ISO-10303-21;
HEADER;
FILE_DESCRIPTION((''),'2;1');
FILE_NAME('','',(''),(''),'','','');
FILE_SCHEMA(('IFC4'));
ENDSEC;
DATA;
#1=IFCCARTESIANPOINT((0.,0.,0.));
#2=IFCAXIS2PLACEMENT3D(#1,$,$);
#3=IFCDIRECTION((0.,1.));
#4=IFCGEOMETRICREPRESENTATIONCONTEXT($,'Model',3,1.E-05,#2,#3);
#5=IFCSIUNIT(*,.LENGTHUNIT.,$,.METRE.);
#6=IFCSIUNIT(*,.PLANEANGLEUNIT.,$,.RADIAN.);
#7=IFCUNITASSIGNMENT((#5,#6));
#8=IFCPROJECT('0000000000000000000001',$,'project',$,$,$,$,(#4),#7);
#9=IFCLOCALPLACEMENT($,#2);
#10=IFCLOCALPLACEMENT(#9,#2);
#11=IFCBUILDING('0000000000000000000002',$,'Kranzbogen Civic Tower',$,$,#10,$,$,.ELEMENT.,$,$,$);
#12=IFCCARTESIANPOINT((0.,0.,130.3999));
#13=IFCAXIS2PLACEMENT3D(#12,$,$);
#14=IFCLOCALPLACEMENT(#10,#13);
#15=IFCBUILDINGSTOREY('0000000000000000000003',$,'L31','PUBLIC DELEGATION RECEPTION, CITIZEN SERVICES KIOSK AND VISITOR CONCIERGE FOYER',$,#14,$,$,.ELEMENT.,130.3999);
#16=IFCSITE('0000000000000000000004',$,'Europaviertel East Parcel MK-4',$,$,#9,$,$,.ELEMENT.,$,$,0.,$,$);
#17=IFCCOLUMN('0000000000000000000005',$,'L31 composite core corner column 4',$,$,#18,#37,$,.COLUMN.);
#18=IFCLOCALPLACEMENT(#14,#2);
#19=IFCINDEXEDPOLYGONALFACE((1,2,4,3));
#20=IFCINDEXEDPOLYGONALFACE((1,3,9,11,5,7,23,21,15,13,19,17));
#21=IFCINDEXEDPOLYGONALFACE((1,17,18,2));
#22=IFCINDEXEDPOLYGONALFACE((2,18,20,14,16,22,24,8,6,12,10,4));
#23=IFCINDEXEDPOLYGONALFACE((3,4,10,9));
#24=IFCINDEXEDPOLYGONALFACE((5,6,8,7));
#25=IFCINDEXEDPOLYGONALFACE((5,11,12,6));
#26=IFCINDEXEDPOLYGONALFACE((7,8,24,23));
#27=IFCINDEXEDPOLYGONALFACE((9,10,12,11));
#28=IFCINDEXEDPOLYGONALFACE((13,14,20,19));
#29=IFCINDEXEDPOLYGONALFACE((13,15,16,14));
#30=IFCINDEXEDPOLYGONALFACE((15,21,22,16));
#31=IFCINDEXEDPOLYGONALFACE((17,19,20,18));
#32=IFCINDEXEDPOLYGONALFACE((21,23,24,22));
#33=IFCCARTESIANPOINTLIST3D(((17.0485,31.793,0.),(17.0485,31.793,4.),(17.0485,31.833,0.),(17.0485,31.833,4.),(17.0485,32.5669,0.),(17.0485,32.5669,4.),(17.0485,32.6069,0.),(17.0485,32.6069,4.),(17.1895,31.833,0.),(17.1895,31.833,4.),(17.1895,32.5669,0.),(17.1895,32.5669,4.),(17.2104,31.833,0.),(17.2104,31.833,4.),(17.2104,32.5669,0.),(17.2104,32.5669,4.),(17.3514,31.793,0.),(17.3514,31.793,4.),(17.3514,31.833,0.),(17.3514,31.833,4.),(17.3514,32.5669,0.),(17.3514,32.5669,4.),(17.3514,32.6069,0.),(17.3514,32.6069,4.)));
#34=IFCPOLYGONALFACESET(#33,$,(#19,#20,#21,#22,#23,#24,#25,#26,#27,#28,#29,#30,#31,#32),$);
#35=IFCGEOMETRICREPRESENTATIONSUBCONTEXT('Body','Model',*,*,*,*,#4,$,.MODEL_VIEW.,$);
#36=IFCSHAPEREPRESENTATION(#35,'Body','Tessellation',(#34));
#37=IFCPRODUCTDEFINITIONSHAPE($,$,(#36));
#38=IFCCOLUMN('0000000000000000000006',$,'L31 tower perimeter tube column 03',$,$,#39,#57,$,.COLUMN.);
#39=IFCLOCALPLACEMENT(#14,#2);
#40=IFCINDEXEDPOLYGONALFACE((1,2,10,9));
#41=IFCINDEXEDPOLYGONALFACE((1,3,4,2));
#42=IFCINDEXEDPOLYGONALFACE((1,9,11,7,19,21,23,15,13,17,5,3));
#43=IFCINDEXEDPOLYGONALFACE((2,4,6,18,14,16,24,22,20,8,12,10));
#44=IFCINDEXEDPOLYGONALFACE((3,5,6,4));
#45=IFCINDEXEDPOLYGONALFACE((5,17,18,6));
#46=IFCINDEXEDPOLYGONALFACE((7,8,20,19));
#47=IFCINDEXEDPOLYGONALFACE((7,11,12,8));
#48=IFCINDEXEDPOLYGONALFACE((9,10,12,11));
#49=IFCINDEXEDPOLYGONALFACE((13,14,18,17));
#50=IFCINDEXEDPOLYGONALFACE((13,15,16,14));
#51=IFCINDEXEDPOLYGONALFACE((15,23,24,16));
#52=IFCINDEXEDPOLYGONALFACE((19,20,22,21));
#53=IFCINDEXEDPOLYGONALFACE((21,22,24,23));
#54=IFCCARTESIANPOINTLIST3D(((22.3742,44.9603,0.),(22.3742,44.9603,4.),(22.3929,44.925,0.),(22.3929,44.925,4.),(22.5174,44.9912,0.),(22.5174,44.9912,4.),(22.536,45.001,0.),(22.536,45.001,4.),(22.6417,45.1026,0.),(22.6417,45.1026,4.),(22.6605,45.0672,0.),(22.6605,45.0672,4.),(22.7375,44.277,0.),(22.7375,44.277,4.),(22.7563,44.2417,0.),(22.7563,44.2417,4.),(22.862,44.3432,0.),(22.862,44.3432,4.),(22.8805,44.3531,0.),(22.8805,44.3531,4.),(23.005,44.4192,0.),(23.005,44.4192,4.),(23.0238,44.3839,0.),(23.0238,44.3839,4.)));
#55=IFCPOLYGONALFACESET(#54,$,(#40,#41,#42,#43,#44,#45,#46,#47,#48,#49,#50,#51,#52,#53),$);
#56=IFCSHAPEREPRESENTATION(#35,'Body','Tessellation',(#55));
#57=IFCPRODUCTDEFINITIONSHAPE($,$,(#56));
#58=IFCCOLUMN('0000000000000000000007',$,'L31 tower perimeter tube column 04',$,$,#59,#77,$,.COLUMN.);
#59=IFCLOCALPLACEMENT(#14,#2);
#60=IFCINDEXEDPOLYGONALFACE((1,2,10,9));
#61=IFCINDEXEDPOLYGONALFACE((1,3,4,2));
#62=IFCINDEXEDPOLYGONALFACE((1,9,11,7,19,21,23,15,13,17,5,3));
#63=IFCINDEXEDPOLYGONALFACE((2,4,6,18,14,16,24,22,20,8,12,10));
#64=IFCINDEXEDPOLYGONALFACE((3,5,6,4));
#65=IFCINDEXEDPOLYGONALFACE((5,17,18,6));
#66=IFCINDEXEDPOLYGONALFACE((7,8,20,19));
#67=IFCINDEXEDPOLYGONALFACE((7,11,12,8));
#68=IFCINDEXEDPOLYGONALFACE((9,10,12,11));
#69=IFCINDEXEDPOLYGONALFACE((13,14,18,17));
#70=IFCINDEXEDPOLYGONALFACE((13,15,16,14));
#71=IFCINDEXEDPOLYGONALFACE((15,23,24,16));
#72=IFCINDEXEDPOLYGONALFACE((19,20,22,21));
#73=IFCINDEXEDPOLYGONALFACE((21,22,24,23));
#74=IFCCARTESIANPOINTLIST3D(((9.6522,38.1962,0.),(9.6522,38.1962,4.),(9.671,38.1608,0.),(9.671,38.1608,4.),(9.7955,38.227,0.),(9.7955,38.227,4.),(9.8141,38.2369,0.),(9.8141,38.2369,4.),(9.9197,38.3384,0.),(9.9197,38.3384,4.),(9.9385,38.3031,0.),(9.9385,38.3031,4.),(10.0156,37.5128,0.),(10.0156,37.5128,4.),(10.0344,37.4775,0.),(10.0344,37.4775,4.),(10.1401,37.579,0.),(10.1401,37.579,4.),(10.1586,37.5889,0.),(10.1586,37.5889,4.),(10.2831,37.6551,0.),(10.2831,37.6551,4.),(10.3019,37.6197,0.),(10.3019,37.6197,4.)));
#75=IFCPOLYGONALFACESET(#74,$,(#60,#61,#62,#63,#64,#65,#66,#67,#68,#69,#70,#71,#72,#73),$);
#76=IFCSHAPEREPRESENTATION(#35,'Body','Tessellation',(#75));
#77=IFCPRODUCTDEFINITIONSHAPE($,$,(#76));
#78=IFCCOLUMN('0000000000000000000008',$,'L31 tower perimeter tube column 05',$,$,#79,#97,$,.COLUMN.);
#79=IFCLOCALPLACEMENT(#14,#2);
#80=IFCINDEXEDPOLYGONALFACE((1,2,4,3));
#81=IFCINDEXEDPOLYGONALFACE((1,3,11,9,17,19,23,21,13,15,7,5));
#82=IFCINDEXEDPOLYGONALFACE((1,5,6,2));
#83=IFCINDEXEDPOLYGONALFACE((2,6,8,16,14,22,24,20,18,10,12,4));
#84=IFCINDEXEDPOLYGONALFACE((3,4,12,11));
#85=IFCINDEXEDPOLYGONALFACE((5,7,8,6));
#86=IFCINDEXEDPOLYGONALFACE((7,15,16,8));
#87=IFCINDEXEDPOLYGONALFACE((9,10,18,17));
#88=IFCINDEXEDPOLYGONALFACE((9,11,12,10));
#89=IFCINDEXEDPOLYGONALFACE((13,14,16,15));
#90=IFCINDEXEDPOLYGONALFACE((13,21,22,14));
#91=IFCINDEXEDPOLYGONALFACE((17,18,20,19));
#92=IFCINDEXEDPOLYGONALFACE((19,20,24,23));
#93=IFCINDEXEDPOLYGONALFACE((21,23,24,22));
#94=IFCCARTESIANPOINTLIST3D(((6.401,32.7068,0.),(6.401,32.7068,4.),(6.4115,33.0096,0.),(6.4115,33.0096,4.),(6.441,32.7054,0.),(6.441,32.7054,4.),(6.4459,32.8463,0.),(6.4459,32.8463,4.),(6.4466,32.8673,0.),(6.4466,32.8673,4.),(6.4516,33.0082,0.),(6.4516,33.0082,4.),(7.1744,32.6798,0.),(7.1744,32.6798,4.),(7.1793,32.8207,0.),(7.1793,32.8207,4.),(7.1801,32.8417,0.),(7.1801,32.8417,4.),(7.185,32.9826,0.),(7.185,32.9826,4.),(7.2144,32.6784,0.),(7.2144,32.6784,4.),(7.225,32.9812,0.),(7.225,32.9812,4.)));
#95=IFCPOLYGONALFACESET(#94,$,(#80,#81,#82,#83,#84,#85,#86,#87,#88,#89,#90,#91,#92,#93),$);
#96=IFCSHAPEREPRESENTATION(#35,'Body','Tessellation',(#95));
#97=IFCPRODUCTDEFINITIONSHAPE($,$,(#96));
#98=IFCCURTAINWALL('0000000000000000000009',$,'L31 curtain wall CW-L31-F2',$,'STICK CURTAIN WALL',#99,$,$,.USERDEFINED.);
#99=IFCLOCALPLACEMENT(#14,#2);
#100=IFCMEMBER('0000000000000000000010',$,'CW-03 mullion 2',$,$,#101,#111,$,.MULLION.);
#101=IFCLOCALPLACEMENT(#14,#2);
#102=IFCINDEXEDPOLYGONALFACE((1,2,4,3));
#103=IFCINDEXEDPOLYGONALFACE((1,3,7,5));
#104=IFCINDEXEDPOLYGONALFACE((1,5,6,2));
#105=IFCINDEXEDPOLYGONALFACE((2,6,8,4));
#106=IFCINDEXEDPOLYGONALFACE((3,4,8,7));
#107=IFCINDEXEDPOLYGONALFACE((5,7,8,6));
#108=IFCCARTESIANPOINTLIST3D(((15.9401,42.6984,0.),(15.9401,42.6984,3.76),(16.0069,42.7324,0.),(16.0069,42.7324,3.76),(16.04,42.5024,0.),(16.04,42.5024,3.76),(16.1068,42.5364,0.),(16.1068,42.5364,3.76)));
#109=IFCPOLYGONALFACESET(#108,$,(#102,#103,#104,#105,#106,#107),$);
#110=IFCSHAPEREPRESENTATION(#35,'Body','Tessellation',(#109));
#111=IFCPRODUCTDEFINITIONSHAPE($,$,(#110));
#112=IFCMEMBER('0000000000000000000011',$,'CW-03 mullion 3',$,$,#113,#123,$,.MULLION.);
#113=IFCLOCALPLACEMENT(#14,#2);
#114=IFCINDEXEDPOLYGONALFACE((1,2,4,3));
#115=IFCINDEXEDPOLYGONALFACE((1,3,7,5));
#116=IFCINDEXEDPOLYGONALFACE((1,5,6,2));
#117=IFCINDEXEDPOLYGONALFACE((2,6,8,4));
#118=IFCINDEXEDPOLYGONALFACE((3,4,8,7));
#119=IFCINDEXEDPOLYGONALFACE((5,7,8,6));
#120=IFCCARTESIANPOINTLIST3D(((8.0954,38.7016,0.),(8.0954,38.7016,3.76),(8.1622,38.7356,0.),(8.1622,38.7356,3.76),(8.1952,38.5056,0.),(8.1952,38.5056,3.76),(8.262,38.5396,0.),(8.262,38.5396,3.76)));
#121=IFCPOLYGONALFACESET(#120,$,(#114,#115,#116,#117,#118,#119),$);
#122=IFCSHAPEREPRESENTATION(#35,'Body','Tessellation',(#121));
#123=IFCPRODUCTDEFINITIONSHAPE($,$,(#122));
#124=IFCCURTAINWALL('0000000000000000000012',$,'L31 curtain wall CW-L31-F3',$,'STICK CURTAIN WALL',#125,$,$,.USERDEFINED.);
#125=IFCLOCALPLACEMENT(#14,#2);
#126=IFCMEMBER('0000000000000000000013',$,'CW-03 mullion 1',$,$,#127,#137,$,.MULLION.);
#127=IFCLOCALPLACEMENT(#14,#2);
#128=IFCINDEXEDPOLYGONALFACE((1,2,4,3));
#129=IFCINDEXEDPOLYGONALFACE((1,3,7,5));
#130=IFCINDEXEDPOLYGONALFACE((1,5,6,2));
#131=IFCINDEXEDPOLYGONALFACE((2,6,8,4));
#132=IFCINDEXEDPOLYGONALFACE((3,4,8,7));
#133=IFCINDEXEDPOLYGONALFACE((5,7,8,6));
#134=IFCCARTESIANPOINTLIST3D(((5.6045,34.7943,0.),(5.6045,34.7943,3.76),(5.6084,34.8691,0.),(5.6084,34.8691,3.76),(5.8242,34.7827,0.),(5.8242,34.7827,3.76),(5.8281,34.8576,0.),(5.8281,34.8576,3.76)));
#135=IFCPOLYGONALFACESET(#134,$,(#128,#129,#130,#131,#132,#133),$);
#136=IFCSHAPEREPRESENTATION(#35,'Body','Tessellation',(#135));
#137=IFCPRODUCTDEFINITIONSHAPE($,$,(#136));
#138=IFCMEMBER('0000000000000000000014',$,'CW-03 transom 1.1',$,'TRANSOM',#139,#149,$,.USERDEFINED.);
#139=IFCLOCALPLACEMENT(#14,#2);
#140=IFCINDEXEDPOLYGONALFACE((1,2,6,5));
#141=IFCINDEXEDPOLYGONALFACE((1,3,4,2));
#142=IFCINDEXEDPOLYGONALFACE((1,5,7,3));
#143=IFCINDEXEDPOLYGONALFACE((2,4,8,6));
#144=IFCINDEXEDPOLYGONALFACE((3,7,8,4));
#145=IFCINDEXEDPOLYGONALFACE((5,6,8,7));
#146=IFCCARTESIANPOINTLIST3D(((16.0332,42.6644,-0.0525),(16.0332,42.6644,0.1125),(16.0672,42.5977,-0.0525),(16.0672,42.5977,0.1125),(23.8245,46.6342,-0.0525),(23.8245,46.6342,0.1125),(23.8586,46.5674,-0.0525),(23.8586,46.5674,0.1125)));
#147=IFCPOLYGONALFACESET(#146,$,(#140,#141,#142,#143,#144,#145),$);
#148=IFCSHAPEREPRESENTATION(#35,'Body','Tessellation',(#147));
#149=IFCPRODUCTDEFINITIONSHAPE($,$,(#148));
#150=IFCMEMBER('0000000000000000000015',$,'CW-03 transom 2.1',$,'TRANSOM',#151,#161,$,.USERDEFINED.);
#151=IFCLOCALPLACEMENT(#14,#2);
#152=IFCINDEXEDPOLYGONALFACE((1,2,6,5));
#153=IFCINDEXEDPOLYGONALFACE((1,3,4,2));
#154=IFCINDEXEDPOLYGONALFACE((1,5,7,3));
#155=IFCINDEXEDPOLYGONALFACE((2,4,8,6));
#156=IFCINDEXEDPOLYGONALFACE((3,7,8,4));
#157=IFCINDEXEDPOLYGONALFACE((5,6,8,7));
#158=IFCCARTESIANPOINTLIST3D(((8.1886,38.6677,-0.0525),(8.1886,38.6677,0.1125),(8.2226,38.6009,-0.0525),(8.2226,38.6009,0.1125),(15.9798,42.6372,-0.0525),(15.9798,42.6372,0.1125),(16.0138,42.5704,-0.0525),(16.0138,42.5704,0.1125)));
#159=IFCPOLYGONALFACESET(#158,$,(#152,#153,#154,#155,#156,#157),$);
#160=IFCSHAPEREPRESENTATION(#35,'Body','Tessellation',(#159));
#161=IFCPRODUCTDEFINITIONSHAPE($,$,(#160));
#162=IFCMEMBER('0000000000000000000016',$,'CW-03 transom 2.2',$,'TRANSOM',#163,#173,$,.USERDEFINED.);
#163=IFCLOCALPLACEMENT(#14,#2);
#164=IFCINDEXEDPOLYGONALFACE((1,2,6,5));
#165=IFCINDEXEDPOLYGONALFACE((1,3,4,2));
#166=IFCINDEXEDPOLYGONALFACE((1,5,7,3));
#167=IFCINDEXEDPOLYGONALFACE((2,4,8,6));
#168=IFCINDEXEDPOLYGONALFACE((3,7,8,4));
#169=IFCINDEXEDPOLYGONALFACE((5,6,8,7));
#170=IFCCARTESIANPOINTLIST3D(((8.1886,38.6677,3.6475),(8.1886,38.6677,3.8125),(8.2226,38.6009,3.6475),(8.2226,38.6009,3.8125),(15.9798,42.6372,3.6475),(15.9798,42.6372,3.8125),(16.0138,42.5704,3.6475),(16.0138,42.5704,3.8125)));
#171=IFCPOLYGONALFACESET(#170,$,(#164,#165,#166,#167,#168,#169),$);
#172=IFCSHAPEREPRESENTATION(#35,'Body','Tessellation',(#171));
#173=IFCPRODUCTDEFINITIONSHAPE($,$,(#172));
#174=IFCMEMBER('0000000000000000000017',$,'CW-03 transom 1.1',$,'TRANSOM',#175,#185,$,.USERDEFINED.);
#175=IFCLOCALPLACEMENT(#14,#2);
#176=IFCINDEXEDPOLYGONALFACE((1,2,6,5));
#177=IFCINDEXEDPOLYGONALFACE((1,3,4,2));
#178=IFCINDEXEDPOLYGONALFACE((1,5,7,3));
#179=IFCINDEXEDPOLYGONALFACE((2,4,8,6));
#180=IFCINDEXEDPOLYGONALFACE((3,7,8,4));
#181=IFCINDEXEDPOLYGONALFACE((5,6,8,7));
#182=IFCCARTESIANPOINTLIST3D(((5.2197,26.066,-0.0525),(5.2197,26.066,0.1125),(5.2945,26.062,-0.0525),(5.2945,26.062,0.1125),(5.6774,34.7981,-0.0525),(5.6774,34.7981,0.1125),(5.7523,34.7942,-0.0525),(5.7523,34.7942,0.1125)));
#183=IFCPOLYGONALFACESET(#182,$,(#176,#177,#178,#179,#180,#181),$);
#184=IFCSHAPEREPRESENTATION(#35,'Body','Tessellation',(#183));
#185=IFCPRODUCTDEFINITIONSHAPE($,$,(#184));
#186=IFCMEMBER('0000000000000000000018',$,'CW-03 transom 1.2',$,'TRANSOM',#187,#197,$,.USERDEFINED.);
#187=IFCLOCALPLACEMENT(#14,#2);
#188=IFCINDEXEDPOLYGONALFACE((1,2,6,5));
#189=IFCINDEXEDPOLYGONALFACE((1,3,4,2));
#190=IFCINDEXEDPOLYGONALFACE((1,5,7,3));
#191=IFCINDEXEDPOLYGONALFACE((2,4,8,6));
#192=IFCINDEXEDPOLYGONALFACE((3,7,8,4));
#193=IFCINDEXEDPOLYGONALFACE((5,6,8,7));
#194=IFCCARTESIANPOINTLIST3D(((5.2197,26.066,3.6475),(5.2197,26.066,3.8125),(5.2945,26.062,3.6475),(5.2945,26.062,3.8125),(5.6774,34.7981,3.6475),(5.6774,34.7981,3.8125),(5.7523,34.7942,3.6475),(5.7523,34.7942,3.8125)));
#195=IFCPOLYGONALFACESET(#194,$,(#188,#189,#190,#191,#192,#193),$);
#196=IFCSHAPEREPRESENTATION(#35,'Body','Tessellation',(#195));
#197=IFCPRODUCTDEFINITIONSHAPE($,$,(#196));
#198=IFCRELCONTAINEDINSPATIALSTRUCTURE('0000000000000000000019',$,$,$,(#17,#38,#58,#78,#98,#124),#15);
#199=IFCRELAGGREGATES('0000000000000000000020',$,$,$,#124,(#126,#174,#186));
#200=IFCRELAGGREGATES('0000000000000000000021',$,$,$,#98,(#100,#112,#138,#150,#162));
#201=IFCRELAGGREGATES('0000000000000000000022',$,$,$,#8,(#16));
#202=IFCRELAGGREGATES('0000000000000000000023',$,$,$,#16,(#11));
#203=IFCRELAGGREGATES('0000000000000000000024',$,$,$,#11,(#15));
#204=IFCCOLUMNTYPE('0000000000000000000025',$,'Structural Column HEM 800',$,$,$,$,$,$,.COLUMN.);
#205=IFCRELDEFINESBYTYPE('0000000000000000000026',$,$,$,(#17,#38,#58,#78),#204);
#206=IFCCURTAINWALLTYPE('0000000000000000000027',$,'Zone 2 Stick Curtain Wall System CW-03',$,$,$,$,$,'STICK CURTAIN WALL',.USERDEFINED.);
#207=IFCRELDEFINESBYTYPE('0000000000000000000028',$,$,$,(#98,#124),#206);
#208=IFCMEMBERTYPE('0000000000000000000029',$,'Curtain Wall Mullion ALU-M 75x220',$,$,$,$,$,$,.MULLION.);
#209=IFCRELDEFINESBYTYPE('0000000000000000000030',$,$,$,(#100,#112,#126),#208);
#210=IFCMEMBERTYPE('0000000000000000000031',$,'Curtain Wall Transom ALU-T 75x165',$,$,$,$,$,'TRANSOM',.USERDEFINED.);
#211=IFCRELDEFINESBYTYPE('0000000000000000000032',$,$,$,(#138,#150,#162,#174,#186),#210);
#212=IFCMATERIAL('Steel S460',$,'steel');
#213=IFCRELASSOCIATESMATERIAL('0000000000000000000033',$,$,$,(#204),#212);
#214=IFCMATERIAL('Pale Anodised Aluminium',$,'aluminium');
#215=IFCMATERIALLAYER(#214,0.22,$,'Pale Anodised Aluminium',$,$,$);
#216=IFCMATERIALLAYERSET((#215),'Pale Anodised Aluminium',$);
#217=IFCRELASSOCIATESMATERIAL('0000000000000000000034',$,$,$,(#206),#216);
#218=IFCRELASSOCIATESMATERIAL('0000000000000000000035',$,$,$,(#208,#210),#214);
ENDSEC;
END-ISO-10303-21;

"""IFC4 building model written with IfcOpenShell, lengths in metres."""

from ifc_helpers import new_model, si_unit, direction, frame, origin, origin_2d, place, context, subcontext, project, spatial, rectangle, i_section, extrude, material, layer, layer_set, material_profile, profile_set, type_object, element, aggregate, save


model = new_model("IFC4")

# Units and contexts
model_context = context("Model", 3, precision=1e-05, world=origin(), true_north=direction((0.0, 1.0)))
body_context = subcontext(model_context, "Body", "Model", "MODEL_VIEW")
ifc_project = project(units=[si_unit("LENGTHUNIT", "METRE"), si_unit("PLANEANGLEUNIT", "RADIAN")], contexts=[model_context])

# Site, building, storey
site_placement = place(None, origin())
site = spatial("IfcSite", under=ifc_project, at=site_placement, Name="Europaviertel East Parcel MK-4", CompositionType="ELEMENT", RefElevation=0.0)
building_placement = place(site_placement, origin())
building = spatial("IfcBuilding", under=site, at=building_placement, Name="Kranzbogen Civic Tower", CompositionType="ELEMENT")
storey_placement = place(building_placement, frame((0.0, 0.0, 130.3999)))
storey = spatial("IfcBuildingStorey", under=building, at=storey_placement, Name="L31", Description="PUBLIC DELEGATION RECEPTION, CITIZEN SERVICES KIOSK AND VISITOR CONCIERGE FOYER", CompositionType="ELEMENT", Elevation=130.3999)

# Columns
ifc_material_1 = material(Name="Steel S460", Category="steel")
ifc_material_profile_1 = material_profile(ifc_material_1, i_section(OverallWidth=0.303, OverallDepth=0.814, WebThickness=0.021, FlangeThickness=0.04, at=origin_2d()), Name="HEM 800")
ifc_profile_set_1 = profile_set([ifc_material_profile_1], Name="Steel S460")
column_type = type_object("IfcColumnType", Name="Structural Column HEM 800", PredefinedType="COLUMN", material=ifc_profile_set_1)
for number, where, z_axis, x_axis, name in (
    (1, (17.2, 32.2, 0.0), (0.0, 0.0, 1.0), (1.0, 0.0, 0.0), "L31 composite core corner column 4"),
    (2, (22.699, 44.6721, 0.0), (0.0, 0.0, 1.0), (0.882948, 0.469472, 0.0), "L31 tower perimeter tube column 03"),
    (3, (9.9771, 37.908, 0.0), (0.0, 0.0, 1.0), (0.882948, 0.469472, 0.0), "L31 tower perimeter tube column 04"),
    (4, (6.813, 32.844, 0.0), (0.0, 0.0, 1.0), (0.034899, 0.999391, 0.0), "L31 tower perimeter tube column 05"),
):
    element("IfcColumn", number, at=place(storey_placement, frame(where, z_axis=z_axis, x_axis=x_axis)), inside=storey, type_object=column_type, Name=name, PredefinedType="COLUMN", context=body_context, shape_type="SweptSolid", body=[
        extrude(i_section(OverallWidth=0.303, OverallDepth=0.814, WebThickness=0.021, FlangeThickness=0.04, at=origin_2d()), origin(), (0.0, 0.0, 1.0), 4.0),
    ])

# Curtain wall, members
ifc_material_2 = material(Name="Pale Anodised Aluminium", Category="aluminium")
ifc_layer_1 = layer(ifc_material_2, 0.22, Name="Pale Anodised Aluminium")
ifc_layer_set_1 = layer_set([ifc_layer_1], Name="Pale Anodised Aluminium")
curtain_wall_type = type_object("IfcCurtainWallType", Name="Zone 2 Stick Curtain Wall System CW-03", ElementType="STICK CURTAIN WALL", PredefinedType="USERDEFINED", material=ifc_layer_set_1)
curtain_wall_1_placement = place(storey_placement, origin())
curtain_wall_1 = element("IfcCurtainWall", 5, at=curtain_wall_1_placement, inside=storey, type_object=curtain_wall_type, Name="L31 curtain wall CW-L31-F2", ObjectType="STICK CURTAIN WALL", PredefinedType="USERDEFINED")
ifc_material_profile_2 = material_profile(ifc_material_2, rectangle(XDim=0.075, YDim=0.22, at=origin_2d()), Name="ALU-M 75x220")
ifc_profile_set_2 = profile_set([ifc_material_profile_2], Name="Pale Anodised Aluminium")
member_type_1 = type_object("IfcMemberType", Name="Curtain Wall Mullion ALU-M 75x220", PredefinedType="MULLION", material=ifc_profile_set_2)
member_1_placement = place(storey_placement, frame((16.0234, 42.6174, 0.0), z_axis=(0.0, 0.0, 1.0), x_axis=(-0.891017, -0.45397, 0.0)))
member_1 = element("IfcMember", 6, at=member_1_placement, type_object=member_type_1, Name="CW-03 mullion 2", PredefinedType="MULLION", context=body_context, shape_type="SweptSolid", body=[
    extrude(rectangle(XDim=0.075, YDim=0.22, at=origin_2d()), origin(), (0.0, 0.0, 1.0), 3.76),
])
member_2_placement = place(storey_placement, frame((8.1787, 38.6206, 0.0), z_axis=(0.0, 0.0, 1.0), x_axis=(-0.891017, -0.45397, 0.0)))
member_2 = element("IfcMember", 7, at=member_2_placement, type_object=member_type_1, Name="CW-03 mullion 3", PredefinedType="MULLION", context=body_context, shape_type="SweptSolid", body=[
    extrude(rectangle(XDim=0.075, YDim=0.22, at=origin_2d()), origin(), (0.0, 0.0, 1.0), 3.76),
])

# Curtain wall, member
curtain_wall_2_placement = place(storey_placement, origin())
curtain_wall_2 = element("IfcCurtainWall", 8, at=curtain_wall_2_placement, inside=storey, type_object=curtain_wall_type, Name="L31 curtain wall CW-L31-F3", ObjectType="STICK CURTAIN WALL", PredefinedType="USERDEFINED")
member_3_placement = place(storey_placement, frame((5.7163, 34.8259, 0.0), z_axis=(0.0, 0.0, 1.0), x_axis=(-0.052354, -0.998629, 0.0)))
member_3 = element("IfcMember", 9, at=member_3_placement, type_object=member_type_1, Name="CW-03 mullion 1", PredefinedType="MULLION", context=body_context, shape_type="SweptSolid", body=[
    extrude(rectangle(XDim=0.075, YDim=0.22, at=origin_2d()), origin(), (0.0, 0.0, 1.0), 3.76),
])

# Members
ifc_material_profile_3 = material_profile(ifc_material_2, rectangle(XDim=0.075, YDim=0.165, at=origin_2d()), Name="ALU-T 75x165")
ifc_profile_set_3 = profile_set([ifc_material_profile_3], Name="Pale Anodised Aluminium")
member_type_2 = type_object("IfcMemberType", Name="Curtain Wall Transom ALU-T 75x165", ElementType="TRANSOM", PredefinedType="USERDEFINED", material=ifc_profile_set_3)
member_4_placement = place(storey_placement, frame((23.8416, 46.6008, 0.03), z_axis=(-0.891012, -0.45398, 0.0), x_axis=(0.45398, -0.891012, 0.0)))
member_4 = element("IfcMember", 10, at=member_4_placement, type_object=member_type_2, Name="CW-03 transom 1.1", ObjectType="TRANSOM", PredefinedType="USERDEFINED", context=body_context, shape_type="SweptSolid", body=[
    extrude(rectangle(XDim=0.075, YDim=0.165, at=origin_2d()), origin(), (0.0, 0.0, 1.0), 8.7444),
])
member_5_placement = place(storey_placement, frame((15.9968, 42.6038, 0.03), z_axis=(-0.891023, -0.453958, 0.0), x_axis=(0.453958, -0.891023, 0.0)))
member_5 = element("IfcMember", 11, at=member_5_placement, type_object=member_type_2, Name="CW-03 transom 2.1", ObjectType="TRANSOM", PredefinedType="USERDEFINED", context=body_context, shape_type="SweptSolid", body=[
    extrude(rectangle(XDim=0.075, YDim=0.165, at=origin_2d()), origin(), (0.0, 0.0, 1.0), 8.7441),
])
member_6_placement = place(storey_placement, frame((15.9968, 42.6038, 3.73), z_axis=(-0.891023, -0.453958, 0.0), x_axis=(0.453958, -0.891023, 0.0)))
member_6 = element("IfcMember", 12, at=member_6_placement, type_object=member_type_2, Name="CW-03 transom 2.2", ObjectType="TRANSOM", PredefinedType="USERDEFINED", context=body_context, shape_type="SweptSolid", body=[
    extrude(rectangle(XDim=0.075, YDim=0.165, at=origin_2d()), origin(), (0.0, 0.0, 1.0), 8.7441),
])
member_7_placement = place(storey_placement, frame((5.7148, 34.7961, 0.03), z_axis=(-0.052351, -0.998629, 0.0), x_axis=(0.998629, -0.052351, 0.0)))
member_7 = element("IfcMember", 13, at=member_7_placement, type_object=member_type_2, Name="CW-03 transom 1.1", ObjectType="TRANSOM", PredefinedType="USERDEFINED", context=body_context, shape_type="SweptSolid", body=[
    extrude(rectangle(XDim=0.075, YDim=0.165, at=origin_2d()), origin(), (0.0, 0.0, 1.0), 8.7441),
])
member_8_placement = place(storey_placement, frame((5.7148, 34.7961, 3.73), z_axis=(-0.052351, -0.998629, 0.0), x_axis=(0.998629, -0.052351, 0.0)))
member_8 = element("IfcMember", 14, at=member_8_placement, type_object=member_type_2, Name="CW-03 transom 1.2", ObjectType="TRANSOM", PredefinedType="USERDEFINED", context=body_context, shape_type="SweptSolid", body=[
    extrude(rectangle(XDim=0.075, YDim=0.165, at=origin_2d()), origin(), (0.0, 0.0, 1.0), 8.7441),
])
aggregate(curtain_wall_2, [member_3, member_7, member_8])

aggregate(curtain_wall_1, [member_1, member_2, member_4, member_5, member_6])

save(model, "model.ifc")
